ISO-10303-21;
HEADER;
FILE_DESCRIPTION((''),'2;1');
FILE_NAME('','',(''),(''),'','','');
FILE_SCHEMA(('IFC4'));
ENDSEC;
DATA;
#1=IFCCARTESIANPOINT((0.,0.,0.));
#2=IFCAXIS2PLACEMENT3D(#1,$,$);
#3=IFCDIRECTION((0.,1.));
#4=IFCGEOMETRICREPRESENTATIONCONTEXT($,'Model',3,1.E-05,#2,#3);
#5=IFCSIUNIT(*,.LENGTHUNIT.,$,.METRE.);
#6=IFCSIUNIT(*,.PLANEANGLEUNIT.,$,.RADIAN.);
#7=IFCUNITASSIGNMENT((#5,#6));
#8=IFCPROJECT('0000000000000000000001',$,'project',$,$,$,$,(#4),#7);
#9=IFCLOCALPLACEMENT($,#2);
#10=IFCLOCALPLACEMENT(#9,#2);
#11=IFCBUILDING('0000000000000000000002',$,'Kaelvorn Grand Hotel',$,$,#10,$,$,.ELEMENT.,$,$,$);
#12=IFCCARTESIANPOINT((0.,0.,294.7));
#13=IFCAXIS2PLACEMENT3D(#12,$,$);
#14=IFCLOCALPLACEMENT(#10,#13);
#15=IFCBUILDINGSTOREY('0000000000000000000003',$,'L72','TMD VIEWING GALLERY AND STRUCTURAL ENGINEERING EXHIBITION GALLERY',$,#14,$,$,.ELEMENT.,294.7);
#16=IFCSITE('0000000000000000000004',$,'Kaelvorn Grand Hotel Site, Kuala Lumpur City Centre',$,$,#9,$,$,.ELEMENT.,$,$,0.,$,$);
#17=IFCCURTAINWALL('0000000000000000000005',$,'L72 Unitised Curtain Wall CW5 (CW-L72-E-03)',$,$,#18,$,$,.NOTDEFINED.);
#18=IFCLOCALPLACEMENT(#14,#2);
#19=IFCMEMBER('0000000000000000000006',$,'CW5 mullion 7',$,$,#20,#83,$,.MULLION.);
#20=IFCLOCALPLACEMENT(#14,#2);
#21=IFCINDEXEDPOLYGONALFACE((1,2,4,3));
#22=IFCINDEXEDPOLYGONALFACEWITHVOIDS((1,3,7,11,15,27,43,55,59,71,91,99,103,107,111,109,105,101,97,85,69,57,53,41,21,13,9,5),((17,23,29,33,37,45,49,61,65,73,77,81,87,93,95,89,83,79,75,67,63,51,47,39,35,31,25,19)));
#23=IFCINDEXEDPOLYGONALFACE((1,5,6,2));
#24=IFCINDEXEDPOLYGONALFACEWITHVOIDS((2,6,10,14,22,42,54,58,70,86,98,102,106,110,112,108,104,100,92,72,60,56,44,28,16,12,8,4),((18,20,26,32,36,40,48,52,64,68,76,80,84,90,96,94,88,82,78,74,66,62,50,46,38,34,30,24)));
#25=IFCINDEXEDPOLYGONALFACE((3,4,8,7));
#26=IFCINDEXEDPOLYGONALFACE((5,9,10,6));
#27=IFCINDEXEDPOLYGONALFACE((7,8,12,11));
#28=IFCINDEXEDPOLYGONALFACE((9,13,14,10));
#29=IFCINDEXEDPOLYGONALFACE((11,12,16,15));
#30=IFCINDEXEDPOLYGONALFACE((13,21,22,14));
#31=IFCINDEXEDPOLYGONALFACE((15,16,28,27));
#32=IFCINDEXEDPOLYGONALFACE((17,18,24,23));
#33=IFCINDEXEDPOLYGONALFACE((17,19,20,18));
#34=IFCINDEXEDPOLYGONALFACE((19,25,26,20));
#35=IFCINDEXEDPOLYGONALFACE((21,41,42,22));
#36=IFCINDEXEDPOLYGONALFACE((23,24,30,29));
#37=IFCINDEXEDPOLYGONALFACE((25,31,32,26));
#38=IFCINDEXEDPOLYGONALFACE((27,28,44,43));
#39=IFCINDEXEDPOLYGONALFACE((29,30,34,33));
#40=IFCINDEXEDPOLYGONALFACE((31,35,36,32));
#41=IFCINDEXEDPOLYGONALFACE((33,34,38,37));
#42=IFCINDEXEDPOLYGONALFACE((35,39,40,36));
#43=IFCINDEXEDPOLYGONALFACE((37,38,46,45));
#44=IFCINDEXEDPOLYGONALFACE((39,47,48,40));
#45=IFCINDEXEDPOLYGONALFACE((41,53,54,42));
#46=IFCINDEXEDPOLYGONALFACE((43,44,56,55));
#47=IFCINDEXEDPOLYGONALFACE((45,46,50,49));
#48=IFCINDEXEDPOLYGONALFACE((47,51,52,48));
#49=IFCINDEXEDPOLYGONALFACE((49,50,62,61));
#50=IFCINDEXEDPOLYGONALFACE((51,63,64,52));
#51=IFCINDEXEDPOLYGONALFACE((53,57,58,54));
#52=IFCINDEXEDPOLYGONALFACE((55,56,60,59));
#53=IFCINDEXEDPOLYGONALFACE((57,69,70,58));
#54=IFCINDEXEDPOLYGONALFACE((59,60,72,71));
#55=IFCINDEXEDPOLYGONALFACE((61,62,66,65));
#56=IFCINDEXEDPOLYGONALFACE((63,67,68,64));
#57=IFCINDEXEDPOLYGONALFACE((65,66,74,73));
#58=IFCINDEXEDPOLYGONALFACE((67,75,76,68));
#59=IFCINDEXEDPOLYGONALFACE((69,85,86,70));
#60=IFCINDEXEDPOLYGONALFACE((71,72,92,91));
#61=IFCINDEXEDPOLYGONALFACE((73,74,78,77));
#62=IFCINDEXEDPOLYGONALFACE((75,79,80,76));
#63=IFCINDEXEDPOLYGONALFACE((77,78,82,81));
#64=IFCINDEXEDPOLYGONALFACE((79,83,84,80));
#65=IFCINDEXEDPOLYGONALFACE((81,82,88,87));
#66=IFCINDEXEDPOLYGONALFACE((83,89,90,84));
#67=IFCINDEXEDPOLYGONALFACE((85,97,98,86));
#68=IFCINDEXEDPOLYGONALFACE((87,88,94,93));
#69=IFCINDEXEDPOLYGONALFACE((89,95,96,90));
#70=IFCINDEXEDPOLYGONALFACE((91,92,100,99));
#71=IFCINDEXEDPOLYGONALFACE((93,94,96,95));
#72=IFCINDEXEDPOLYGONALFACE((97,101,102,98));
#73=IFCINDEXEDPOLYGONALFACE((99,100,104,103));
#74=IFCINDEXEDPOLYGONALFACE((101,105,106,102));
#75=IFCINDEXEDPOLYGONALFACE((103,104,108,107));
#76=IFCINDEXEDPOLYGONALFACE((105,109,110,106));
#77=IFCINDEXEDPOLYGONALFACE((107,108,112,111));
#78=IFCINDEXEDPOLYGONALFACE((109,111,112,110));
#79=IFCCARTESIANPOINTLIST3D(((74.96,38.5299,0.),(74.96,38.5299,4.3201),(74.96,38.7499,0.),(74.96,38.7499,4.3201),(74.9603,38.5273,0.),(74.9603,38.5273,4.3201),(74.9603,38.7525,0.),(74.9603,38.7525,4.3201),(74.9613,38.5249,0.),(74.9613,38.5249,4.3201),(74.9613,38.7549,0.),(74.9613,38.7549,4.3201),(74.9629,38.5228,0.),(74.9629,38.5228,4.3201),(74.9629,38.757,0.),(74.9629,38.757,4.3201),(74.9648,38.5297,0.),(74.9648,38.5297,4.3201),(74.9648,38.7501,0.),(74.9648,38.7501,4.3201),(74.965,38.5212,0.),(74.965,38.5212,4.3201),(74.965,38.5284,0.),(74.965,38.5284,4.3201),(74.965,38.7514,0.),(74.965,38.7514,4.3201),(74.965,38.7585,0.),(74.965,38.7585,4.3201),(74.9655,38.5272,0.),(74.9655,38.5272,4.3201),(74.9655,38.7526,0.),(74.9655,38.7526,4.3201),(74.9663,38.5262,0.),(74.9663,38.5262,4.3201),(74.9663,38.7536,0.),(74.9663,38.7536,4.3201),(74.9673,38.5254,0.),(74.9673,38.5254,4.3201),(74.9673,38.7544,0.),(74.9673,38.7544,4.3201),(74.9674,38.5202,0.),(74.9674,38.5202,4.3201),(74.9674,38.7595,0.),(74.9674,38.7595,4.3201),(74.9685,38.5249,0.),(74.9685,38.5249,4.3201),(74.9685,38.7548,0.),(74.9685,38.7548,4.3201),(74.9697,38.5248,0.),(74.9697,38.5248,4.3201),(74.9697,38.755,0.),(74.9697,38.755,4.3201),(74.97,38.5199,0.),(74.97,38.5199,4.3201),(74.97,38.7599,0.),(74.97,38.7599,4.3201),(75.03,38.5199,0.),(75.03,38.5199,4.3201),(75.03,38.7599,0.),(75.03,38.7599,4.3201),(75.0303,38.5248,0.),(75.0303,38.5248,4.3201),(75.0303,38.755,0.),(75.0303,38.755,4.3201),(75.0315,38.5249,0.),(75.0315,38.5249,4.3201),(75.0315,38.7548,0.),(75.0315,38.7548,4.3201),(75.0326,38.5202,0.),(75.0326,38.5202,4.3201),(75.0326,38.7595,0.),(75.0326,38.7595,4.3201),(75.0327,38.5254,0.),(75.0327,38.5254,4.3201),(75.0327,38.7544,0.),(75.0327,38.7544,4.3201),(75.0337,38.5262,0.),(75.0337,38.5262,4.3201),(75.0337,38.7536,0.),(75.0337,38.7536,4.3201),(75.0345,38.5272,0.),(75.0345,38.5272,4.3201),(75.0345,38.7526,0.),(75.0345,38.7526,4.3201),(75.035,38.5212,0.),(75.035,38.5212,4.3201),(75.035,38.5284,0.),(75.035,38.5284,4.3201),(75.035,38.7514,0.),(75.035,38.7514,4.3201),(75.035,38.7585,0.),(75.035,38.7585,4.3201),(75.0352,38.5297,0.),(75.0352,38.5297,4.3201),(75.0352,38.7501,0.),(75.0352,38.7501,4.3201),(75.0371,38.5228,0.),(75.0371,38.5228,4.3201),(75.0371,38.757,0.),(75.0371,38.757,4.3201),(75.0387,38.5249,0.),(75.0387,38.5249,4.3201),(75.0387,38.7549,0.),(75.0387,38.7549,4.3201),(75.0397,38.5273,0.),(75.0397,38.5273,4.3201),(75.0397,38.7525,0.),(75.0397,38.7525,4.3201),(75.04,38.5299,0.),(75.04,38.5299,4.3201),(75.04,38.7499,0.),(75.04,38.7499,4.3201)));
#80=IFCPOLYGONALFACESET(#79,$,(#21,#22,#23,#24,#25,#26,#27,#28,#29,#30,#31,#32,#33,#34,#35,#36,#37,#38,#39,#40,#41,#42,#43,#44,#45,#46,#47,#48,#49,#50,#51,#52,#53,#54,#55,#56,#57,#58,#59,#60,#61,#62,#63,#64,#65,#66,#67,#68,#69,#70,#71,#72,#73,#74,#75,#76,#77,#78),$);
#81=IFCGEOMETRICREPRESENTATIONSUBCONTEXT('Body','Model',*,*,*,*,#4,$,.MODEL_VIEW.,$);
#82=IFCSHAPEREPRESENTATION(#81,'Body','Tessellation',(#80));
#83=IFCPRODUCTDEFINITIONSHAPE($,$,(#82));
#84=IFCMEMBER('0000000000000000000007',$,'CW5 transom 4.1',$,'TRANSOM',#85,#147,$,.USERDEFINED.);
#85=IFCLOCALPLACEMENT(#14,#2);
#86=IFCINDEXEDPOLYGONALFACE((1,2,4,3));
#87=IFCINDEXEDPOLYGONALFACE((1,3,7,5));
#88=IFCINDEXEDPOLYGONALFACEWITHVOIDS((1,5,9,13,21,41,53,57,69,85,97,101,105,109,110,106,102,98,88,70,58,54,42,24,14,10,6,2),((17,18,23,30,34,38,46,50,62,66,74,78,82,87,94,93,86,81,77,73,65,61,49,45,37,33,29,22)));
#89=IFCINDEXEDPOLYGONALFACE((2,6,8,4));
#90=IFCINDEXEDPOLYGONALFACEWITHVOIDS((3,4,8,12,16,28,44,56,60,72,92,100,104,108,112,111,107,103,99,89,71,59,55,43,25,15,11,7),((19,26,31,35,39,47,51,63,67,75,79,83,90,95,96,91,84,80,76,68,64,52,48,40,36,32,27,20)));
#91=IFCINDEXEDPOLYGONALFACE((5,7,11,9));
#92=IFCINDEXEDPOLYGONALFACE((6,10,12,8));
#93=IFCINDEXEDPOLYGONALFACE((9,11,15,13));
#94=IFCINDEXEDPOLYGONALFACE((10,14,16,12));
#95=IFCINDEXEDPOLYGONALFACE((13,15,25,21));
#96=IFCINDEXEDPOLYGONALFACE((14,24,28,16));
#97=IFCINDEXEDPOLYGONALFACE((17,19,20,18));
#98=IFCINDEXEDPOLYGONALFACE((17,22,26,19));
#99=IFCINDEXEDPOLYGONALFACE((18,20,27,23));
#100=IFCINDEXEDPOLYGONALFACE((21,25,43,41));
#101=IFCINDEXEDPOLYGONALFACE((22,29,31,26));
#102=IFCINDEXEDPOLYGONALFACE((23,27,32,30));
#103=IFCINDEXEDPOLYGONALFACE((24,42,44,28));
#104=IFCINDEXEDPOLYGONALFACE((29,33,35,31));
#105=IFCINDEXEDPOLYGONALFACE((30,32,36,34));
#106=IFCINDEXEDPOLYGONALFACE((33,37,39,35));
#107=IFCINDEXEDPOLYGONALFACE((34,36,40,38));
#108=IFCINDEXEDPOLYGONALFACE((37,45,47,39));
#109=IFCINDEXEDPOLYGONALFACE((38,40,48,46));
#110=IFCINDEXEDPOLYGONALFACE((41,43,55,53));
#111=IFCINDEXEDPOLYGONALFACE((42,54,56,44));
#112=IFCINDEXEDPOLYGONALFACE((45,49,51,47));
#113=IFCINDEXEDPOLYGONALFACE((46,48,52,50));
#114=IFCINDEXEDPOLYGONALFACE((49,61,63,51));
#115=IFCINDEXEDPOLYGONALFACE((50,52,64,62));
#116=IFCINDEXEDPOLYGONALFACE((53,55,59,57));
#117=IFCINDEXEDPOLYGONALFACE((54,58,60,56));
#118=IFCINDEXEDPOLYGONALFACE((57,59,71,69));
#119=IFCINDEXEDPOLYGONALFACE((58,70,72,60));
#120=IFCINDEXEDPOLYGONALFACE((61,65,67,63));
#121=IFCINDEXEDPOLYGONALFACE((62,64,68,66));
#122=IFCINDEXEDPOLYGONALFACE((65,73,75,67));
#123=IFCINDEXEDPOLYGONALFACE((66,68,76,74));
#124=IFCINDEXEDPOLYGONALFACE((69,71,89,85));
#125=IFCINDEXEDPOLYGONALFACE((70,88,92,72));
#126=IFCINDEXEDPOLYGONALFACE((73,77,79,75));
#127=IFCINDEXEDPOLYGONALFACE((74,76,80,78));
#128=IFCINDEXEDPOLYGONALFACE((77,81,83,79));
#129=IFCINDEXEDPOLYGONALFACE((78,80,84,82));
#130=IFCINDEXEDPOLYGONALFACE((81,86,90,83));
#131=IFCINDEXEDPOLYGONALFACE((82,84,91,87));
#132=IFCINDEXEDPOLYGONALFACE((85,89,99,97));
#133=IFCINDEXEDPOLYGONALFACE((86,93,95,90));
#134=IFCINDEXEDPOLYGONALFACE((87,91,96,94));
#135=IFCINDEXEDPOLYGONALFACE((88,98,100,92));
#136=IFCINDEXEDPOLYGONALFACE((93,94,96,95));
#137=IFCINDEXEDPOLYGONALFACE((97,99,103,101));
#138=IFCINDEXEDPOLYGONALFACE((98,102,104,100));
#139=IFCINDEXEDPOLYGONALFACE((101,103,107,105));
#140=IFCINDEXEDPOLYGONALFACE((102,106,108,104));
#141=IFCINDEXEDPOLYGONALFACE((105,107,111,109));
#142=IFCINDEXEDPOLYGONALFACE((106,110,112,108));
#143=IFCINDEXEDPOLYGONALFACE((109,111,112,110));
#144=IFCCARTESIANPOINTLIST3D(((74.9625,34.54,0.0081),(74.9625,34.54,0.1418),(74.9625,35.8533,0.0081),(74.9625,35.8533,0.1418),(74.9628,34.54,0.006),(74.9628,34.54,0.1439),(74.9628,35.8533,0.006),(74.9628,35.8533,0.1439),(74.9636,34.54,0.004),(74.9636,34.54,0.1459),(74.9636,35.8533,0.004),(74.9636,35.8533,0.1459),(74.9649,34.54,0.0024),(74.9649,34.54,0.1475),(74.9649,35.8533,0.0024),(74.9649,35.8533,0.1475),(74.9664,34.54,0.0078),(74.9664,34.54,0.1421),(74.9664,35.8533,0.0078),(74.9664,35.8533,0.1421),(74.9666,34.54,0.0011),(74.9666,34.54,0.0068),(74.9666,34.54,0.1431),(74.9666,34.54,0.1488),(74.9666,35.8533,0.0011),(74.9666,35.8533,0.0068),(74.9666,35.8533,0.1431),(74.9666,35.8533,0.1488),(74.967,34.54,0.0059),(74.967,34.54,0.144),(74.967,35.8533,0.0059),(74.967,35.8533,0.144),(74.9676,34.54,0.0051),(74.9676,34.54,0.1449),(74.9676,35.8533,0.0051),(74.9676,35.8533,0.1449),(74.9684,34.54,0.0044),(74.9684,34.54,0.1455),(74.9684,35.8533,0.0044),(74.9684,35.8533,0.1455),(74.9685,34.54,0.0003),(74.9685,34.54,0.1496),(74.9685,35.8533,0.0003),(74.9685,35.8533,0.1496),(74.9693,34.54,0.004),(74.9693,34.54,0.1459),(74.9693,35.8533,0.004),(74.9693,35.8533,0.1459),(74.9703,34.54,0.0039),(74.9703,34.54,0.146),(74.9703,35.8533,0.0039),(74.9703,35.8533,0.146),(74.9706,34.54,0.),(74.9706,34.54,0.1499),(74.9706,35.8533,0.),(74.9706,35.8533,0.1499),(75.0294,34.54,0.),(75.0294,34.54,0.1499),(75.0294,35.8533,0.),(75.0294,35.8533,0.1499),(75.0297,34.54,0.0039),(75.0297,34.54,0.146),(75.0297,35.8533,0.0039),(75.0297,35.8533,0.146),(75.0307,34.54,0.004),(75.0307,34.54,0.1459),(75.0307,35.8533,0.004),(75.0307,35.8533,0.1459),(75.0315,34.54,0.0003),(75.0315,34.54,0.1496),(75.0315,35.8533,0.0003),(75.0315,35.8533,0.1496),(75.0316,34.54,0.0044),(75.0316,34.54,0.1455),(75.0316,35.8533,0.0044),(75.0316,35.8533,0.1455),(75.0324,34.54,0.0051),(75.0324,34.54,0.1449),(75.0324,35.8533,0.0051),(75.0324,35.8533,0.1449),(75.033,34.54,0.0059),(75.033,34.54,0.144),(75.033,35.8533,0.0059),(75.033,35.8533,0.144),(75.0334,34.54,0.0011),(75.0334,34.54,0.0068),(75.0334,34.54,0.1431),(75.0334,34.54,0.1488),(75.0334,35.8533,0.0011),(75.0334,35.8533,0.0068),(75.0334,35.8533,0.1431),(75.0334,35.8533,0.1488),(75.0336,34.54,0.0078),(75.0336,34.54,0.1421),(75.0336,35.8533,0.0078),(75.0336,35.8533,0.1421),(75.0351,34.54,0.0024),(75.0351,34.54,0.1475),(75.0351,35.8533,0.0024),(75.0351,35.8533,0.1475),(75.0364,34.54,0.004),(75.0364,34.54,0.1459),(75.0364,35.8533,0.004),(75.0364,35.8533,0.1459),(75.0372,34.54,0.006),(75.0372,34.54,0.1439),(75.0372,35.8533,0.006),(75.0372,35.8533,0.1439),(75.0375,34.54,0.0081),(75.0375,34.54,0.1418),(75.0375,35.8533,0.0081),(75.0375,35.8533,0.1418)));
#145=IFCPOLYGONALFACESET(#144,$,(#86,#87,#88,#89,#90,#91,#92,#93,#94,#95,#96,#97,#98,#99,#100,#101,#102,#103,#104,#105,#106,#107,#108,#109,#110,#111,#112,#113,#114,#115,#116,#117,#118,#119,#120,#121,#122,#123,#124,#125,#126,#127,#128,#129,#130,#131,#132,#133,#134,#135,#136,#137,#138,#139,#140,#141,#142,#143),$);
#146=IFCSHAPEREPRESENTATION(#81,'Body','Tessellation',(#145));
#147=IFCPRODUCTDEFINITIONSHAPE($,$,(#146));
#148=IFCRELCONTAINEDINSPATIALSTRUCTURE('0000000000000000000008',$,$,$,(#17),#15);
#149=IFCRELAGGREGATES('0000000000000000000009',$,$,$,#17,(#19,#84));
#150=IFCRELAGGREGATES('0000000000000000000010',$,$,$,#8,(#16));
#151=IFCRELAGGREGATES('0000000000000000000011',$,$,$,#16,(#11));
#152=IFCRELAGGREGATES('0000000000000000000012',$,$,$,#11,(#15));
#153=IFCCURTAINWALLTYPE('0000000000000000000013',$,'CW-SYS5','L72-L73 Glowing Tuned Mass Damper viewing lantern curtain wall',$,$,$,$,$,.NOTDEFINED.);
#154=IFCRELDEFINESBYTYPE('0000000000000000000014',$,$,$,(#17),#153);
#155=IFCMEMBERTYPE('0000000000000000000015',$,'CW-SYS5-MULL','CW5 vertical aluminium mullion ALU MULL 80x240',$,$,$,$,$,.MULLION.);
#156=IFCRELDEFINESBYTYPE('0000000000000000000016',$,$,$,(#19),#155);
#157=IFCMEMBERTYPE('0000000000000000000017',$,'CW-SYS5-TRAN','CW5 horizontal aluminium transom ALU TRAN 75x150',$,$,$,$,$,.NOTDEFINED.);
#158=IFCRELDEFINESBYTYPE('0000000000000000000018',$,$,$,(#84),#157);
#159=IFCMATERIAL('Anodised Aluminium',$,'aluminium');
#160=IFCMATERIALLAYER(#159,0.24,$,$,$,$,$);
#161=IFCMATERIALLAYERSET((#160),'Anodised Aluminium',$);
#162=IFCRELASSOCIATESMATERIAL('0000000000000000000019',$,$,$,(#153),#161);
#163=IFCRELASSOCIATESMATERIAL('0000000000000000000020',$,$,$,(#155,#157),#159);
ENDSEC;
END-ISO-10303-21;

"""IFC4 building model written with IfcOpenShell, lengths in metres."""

from ifc_helpers import new_model, si_unit, direction, frame, origin, origin_2d, place, context, subcontext, project, spatial, hollow_rectangle, extrude, material, layer, layer_set, material_profile, profile_set, type_object, element, aggregate, save


model = new_model("IFC4")

# Units and contexts
model_context = context("Model", 3, precision=1e-05, world=origin(), true_north=direction((0.0, 1.0)))
body_context = subcontext(model_context, "Body", "Model", "MODEL_VIEW")
ifc_project = project(units=[si_unit("LENGTHUNIT", "METRE"), si_unit("PLANEANGLEUNIT", "RADIAN")], contexts=[model_context])

# Site, building, storey
site_placement = place(None, origin())
site = spatial("IfcSite", under=ifc_project, at=site_placement, Name="Kaelvorn Grand Hotel Site, Kuala Lumpur City Centre", CompositionType="ELEMENT", RefElevation=0.0)
building_placement = place(site_placement, origin())
building = spatial("IfcBuilding", under=site, at=building_placement, Name="Kaelvorn Grand Hotel", CompositionType="ELEMENT")
storey_placement = place(building_placement, frame((0.0, 0.0, 294.7)))
storey = spatial("IfcBuildingStorey", under=building, at=storey_placement, Name="L72", Description="TMD VIEWING GALLERY AND STRUCTURAL ENGINEERING EXHIBITION GALLERY", CompositionType="ELEMENT", Elevation=294.7)

# Curtain wall, members
ifc_material_1 = material(Name="Anodised Aluminium", Category="aluminium")
ifc_layer_1 = layer(ifc_material_1, 0.24)
ifc_layer_set_1 = layer_set([ifc_layer_1], Name="Anodised Aluminium")
curtain_wall_type = type_object("IfcCurtainWallType", Name="CW-SYS5", Description="L72-L73 Glowing Tuned Mass Damper viewing lantern curtain wall", PredefinedType="NOTDEFINED", material=ifc_layer_set_1)
curtain_wall_placement = place(storey_placement, origin())
curtain_wall = element("IfcCurtainWall", 1, at=curtain_wall_placement, inside=storey, type_object=curtain_wall_type, Name="L72 Unitised Curtain Wall CW5 (CW-L72-E-03)", PredefinedType="NOTDEFINED")
ifc_material_profile_1 = material_profile(ifc_material_1, hollow_rectangle(XDim=0.0801, YDim=0.24, WallThickness=0.0049, InnerFilletRadius=0.0049, OuterFilletRadius=0.01, at=origin_2d()), Name="ALU MULL 80x240")
ifc_profile_set_1 = profile_set([ifc_material_profile_1], Name="Anodised Aluminium")
member_type_1 = type_object("IfcMemberType", Name="CW-SYS5-MULL", Description="CW5 vertical aluminium mullion ALU MULL 80x240", PredefinedType="MULLION", material=ifc_profile_set_1)
member_1_placement = place(storey_placement, frame((75.0, 38.6399, 0.0), z_axis=(0.0, 0.0, 1.0), x_axis=(-1.0, 0.0, 0.0)))
member_1 = element("IfcMember", 2, at=member_1_placement, type_object=member_type_1, Name="CW5 mullion 7", PredefinedType="MULLION", context=body_context, shape_type="SweptSolid", body=[
    extrude(hollow_rectangle(XDim=0.0801, YDim=0.24, WallThickness=0.0049, InnerFilletRadius=0.0049, OuterFilletRadius=0.01, at=origin_2d()), origin(), (0.0, 0.0, 1.0), 4.3201),
])
ifc_material_profile_2 = material_profile(ifc_material_1, hollow_rectangle(XDim=0.075, YDim=0.1499, WallThickness=0.0039, InnerFilletRadius=0.0039, OuterFilletRadius=0.0081, at=origin_2d()), Name="ALU TRAN 75x150")
ifc_profile_set_2 = profile_set([ifc_material_profile_2], Name="Anodised Aluminium")
member_type_2 = type_object("IfcMemberType", Name="CW-SYS5-TRAN", Description="CW5 horizontal aluminium transom ALU TRAN 75x150", PredefinedType="NOTDEFINED", material=ifc_profile_set_2)
member_2_placement = place(storey_placement, frame((75.0, 34.54, 0.075), z_axis=(0.0, 1.0, 0.0), x_axis=(-1.0, 0.0, 0.0)))
member_2 = element("IfcMember", 3, at=member_2_placement, type_object=member_type_2, Name="CW5 transom 4.1", ObjectType="TRANSOM", PredefinedType="USERDEFINED", context=body_context, shape_type="SweptSolid", body=[
    extrude(hollow_rectangle(XDim=0.075, YDim=0.1499, WallThickness=0.0039, InnerFilletRadius=0.0039, OuterFilletRadius=0.0081, at=origin_2d()), origin(), (0.0, 0.0, 1.0), 1.3132),
])
aggregate(curtain_wall, [member_1, member_2])

save(model, "model.ifc")
